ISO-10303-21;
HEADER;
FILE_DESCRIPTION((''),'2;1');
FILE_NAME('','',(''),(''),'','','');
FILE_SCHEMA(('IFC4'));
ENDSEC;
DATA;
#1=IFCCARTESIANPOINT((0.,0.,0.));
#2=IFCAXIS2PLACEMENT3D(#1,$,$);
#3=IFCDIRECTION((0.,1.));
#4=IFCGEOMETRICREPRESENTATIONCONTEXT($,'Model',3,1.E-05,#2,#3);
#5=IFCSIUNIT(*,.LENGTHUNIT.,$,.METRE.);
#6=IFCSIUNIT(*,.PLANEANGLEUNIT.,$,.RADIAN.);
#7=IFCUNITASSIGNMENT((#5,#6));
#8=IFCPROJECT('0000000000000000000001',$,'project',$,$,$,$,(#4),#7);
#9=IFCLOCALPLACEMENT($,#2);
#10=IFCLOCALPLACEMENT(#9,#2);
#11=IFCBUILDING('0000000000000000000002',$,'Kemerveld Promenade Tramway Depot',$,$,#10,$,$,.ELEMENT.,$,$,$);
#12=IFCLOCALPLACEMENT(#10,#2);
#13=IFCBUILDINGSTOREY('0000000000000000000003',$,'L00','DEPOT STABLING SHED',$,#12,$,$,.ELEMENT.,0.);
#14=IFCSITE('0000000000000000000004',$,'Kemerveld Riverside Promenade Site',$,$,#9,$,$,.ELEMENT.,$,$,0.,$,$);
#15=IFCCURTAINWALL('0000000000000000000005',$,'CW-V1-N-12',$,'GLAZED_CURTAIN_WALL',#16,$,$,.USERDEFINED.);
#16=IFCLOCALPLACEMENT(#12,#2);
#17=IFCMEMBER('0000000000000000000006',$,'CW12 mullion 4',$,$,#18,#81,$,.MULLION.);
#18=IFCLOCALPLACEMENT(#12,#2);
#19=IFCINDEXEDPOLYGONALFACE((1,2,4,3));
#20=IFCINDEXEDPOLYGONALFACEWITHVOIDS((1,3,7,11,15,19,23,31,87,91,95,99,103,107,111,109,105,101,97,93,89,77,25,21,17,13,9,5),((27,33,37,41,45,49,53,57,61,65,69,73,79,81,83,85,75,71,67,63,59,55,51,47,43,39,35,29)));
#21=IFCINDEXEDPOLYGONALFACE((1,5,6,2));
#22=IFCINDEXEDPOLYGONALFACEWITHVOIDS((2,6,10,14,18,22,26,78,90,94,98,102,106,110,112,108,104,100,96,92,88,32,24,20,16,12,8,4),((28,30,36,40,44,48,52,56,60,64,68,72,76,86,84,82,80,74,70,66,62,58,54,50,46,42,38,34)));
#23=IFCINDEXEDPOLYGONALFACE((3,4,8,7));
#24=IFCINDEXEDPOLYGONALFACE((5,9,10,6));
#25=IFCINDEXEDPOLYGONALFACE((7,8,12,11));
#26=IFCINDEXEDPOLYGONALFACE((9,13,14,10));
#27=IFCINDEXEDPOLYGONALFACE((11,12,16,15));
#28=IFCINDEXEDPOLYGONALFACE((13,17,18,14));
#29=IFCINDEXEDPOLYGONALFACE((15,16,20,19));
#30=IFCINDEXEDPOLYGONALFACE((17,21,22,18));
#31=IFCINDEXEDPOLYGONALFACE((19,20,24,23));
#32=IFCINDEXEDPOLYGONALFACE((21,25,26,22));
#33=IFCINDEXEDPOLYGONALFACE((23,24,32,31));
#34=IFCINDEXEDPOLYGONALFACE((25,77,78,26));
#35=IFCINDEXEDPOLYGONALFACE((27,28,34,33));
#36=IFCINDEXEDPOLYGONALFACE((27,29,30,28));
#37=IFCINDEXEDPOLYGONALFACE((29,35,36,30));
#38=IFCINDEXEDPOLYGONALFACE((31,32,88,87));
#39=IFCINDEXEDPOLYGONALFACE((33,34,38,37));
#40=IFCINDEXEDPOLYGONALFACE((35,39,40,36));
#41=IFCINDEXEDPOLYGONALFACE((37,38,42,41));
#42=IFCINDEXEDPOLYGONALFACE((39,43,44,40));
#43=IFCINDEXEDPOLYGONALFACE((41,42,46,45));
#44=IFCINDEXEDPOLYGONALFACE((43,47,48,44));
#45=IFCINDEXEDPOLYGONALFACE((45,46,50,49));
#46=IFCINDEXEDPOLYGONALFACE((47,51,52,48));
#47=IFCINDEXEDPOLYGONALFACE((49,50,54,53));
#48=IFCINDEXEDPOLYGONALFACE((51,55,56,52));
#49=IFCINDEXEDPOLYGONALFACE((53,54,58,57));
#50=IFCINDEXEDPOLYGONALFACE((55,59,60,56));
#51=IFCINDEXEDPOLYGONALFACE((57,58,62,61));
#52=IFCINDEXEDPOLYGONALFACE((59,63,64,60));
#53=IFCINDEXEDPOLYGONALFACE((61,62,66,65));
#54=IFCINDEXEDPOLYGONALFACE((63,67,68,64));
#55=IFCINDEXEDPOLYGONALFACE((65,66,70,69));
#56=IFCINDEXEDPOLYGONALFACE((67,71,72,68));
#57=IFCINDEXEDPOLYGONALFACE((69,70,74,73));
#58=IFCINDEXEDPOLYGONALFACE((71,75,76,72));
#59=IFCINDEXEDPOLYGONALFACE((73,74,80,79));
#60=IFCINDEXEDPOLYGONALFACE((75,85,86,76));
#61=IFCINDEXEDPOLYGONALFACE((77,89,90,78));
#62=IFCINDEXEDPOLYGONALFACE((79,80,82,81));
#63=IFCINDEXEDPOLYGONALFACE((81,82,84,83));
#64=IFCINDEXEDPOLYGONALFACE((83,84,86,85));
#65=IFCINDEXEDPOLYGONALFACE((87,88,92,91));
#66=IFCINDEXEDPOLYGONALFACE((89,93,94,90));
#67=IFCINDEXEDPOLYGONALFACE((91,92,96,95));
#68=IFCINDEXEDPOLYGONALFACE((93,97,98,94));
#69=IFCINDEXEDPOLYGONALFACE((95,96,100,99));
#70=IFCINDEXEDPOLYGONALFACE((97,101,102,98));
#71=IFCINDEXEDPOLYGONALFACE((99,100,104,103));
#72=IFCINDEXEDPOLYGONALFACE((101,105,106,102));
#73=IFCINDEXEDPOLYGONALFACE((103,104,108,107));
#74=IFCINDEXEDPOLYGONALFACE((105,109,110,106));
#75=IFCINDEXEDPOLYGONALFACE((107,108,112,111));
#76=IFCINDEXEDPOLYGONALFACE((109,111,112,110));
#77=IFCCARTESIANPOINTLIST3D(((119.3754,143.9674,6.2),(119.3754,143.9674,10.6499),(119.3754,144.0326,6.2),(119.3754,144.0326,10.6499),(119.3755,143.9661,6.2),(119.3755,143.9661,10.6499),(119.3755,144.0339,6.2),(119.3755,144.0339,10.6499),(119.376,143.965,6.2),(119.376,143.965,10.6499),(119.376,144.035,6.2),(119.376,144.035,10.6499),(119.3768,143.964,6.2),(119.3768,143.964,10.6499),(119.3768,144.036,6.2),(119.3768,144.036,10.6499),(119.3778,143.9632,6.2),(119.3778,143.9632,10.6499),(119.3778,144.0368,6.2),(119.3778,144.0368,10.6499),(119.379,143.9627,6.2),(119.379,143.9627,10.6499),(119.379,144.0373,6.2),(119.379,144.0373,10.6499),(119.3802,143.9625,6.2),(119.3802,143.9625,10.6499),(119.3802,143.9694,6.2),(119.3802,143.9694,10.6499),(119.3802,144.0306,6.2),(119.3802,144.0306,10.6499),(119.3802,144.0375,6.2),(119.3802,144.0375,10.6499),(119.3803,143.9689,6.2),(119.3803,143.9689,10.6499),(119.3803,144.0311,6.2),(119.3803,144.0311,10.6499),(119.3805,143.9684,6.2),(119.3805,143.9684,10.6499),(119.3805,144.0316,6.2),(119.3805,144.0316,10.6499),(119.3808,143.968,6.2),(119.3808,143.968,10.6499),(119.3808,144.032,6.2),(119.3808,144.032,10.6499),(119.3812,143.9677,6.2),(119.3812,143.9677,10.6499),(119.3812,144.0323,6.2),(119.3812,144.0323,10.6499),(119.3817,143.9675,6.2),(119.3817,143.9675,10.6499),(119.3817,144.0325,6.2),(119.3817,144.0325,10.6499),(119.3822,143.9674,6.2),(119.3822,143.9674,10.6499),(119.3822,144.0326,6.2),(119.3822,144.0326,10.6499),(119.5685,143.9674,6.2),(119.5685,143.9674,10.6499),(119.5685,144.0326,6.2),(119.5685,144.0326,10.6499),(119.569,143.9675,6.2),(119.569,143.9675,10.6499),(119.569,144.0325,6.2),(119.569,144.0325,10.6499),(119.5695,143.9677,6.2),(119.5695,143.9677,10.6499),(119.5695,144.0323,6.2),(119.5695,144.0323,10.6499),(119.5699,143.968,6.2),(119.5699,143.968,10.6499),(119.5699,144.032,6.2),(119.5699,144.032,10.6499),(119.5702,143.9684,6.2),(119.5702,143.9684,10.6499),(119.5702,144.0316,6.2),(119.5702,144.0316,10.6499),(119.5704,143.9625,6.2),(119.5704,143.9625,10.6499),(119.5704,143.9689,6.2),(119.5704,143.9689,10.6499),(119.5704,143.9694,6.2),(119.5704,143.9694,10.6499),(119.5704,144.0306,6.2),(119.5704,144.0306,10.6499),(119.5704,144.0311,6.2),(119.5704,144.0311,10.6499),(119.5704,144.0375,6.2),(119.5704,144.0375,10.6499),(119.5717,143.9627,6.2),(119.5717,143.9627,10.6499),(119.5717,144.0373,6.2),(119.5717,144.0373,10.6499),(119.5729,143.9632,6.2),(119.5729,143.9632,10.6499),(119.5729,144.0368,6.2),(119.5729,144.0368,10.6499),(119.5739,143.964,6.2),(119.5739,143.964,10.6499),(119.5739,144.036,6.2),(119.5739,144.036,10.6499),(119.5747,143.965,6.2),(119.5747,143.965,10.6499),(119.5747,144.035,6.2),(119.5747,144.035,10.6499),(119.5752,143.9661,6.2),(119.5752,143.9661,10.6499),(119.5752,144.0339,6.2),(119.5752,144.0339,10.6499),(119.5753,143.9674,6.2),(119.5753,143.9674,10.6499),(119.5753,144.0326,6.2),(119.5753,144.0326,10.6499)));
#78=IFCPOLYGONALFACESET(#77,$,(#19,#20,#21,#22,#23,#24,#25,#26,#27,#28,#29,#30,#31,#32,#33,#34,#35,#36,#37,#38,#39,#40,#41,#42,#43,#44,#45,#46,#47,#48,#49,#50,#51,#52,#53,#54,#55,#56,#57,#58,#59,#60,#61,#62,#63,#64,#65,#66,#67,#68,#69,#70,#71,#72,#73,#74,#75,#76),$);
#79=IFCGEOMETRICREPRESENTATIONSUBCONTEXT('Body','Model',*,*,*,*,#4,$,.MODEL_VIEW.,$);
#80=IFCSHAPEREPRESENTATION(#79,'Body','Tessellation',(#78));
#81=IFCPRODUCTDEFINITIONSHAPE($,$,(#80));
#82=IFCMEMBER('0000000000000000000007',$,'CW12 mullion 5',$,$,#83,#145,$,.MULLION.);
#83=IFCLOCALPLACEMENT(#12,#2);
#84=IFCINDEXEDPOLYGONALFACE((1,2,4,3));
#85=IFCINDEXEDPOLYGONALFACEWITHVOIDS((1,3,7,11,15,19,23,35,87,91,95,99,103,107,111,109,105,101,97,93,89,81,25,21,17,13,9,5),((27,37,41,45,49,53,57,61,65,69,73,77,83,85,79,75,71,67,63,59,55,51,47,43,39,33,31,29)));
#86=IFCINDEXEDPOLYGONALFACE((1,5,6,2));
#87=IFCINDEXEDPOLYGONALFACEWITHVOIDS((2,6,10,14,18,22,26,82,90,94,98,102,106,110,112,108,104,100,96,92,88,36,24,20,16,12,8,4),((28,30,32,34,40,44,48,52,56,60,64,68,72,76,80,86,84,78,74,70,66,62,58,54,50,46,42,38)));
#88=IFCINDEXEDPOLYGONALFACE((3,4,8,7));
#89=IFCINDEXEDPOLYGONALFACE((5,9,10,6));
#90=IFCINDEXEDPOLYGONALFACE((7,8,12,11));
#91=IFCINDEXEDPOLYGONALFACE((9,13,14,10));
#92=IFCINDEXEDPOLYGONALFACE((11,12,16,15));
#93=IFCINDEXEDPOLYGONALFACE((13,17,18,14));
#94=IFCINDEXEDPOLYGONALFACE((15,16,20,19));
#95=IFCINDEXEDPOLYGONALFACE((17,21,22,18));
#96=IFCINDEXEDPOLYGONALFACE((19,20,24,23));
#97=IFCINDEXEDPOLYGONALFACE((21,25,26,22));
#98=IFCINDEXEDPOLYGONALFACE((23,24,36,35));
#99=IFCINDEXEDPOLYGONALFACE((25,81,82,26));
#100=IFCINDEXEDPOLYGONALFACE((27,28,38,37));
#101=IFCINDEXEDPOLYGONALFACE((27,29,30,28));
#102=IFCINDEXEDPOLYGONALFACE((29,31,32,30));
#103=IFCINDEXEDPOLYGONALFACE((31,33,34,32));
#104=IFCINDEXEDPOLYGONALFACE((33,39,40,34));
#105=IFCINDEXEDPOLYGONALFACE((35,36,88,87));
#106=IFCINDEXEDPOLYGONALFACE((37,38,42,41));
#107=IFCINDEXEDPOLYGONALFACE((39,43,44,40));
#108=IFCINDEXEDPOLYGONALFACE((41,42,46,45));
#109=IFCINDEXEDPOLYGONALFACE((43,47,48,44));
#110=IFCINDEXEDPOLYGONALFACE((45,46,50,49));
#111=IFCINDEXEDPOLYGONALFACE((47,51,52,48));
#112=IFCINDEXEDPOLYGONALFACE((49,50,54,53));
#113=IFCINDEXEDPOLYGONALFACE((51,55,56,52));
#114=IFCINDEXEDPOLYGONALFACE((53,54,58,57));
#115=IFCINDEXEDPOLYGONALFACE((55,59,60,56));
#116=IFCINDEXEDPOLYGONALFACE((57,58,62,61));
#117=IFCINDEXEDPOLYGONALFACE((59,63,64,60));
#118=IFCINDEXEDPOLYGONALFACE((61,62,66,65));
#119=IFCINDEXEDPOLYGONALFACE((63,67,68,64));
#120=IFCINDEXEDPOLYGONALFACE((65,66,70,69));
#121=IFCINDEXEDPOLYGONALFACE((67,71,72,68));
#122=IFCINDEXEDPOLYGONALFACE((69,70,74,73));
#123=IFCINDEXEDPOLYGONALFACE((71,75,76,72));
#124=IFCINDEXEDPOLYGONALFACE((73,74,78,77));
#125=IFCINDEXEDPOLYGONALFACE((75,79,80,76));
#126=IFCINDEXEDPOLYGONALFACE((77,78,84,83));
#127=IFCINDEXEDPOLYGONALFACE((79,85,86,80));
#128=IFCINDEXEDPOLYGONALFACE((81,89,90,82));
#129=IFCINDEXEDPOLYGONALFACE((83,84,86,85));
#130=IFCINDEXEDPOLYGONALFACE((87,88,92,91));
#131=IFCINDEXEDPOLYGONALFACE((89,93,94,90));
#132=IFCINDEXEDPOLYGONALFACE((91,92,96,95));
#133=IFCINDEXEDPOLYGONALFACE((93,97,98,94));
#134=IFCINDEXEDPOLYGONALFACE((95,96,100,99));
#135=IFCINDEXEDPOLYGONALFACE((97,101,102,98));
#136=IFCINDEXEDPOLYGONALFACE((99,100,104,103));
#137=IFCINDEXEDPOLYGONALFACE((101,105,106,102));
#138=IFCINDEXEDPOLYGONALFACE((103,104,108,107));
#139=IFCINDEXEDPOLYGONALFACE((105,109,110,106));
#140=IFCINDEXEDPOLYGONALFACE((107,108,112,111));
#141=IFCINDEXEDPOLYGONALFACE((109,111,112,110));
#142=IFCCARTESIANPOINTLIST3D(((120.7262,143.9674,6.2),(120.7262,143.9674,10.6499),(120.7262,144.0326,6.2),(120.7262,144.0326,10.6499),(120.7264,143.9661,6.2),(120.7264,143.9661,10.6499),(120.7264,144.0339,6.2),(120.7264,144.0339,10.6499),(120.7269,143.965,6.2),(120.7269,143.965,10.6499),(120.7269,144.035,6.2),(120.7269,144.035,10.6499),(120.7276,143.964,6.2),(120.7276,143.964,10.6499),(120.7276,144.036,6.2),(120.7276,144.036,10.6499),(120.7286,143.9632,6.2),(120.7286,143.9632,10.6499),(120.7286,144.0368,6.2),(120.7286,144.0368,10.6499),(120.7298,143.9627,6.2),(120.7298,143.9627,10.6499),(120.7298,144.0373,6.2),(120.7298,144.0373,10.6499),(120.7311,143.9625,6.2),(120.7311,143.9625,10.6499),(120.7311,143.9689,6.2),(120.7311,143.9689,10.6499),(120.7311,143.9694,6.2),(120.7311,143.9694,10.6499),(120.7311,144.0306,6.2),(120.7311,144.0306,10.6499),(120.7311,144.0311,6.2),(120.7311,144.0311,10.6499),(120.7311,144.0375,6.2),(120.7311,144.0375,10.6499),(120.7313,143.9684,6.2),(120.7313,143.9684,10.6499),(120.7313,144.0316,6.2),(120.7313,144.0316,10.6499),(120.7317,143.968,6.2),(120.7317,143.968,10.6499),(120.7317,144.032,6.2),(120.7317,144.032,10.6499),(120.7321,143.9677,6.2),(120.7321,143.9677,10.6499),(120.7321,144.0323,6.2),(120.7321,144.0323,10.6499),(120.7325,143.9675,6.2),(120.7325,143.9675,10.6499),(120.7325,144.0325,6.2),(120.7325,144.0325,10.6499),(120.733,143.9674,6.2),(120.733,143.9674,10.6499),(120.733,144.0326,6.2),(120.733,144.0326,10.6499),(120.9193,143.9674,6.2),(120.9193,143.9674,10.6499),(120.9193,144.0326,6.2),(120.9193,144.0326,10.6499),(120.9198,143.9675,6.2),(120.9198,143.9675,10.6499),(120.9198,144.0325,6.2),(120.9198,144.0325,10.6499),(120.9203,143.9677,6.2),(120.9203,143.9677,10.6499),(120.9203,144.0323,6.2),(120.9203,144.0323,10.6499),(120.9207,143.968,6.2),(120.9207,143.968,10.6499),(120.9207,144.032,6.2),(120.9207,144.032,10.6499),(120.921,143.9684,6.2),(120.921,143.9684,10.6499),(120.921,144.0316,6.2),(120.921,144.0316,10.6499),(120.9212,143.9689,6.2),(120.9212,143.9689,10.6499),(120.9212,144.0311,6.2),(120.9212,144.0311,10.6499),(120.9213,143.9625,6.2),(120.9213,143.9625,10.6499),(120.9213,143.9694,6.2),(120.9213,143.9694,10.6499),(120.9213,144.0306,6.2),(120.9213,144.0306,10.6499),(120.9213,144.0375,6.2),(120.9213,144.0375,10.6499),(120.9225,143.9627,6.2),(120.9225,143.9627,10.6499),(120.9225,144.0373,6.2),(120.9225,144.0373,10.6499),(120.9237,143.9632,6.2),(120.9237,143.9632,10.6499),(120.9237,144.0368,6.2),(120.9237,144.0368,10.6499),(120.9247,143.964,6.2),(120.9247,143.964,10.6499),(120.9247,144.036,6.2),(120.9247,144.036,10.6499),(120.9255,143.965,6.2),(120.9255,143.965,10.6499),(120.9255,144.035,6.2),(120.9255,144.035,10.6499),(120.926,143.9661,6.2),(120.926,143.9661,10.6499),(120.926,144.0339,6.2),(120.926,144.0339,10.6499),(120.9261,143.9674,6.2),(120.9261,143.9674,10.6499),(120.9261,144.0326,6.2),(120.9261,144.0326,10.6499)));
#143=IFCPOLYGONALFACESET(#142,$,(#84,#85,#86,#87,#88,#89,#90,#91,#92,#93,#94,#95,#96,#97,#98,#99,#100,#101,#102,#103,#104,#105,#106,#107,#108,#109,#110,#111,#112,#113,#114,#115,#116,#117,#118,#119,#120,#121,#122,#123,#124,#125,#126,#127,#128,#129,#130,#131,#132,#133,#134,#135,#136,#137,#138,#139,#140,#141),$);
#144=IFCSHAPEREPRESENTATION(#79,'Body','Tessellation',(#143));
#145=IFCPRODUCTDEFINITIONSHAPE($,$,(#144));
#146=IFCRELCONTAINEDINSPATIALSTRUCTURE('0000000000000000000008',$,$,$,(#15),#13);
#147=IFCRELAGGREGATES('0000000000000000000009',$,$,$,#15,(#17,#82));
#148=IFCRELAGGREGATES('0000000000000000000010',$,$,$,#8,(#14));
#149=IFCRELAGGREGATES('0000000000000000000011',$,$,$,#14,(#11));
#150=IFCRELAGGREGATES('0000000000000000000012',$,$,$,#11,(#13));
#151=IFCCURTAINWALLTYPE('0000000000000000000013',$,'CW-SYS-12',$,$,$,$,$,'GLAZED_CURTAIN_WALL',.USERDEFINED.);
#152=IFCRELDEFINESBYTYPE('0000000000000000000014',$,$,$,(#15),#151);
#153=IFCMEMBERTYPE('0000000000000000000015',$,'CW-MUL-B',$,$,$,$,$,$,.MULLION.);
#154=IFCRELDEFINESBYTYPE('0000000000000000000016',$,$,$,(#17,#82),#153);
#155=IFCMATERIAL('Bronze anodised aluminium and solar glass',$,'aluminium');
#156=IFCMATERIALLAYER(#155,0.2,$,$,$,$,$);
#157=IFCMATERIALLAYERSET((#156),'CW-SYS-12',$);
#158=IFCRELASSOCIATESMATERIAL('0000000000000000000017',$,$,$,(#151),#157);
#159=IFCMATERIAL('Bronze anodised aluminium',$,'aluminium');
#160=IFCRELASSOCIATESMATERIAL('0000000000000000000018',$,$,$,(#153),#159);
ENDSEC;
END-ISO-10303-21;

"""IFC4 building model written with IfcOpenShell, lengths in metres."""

from ifc_helpers import new_model, si_unit, direction, frame, origin, origin_2d, place, context, subcontext, project, spatial, hollow_rectangle, extrude, material, layer, layer_set, material_profile, profile_set, type_object, element, aggregate, save


model = new_model("IFC4")

# Units and contexts
model_context = context("Model", 3, precision=1e-05, world=origin(), true_north=direction((0.0, 1.0)))
body_context = subcontext(model_context, "Body", "Model", "MODEL_VIEW")
ifc_project = project(units=[si_unit("LENGTHUNIT", "METRE"), si_unit("PLANEANGLEUNIT", "RADIAN")], contexts=[model_context])

# Site, building, storey
site_placement = place(None, origin())
site = spatial("IfcSite", under=ifc_project, at=site_placement, Name="Kemerveld Riverside Promenade Site", CompositionType="ELEMENT", RefElevation=0.0)
building_placement = place(site_placement, origin())
building = spatial("IfcBuilding", under=site, at=building_placement, Name="Kemerveld Promenade Tramway Depot", CompositionType="ELEMENT")
storey_placement = place(building_placement, origin())
storey = spatial("IfcBuildingStorey", under=building, at=storey_placement, Name="L00", Description="DEPOT STABLING SHED", CompositionType="ELEMENT", Elevation=0.0)

# Shared definitions
ifc_material_1 = material(Name="Bronze anodised aluminium and solar glass", Category="aluminium")
ifc_material_2 = material(Name="Bronze anodised aluminium", Category="aluminium")

# Curtain wall, members
ifc_layer_1 = layer(ifc_material_1, 0.2)
ifc_layer_set_1 = layer_set([ifc_layer_1], Name="CW-SYS-12")
curtain_wall_type_1 = type_object("IfcCurtainWallType", Name="CW-SYS-12", ElementType="GLAZED_CURTAIN_WALL", PredefinedType="USERDEFINED", material=ifc_layer_set_1)
curtain_wall_1_placement = place(storey_placement, origin())
curtain_wall_1 = element("IfcCurtainWall", 1, at=curtain_wall_1_placement, inside=storey, type_object=curtain_wall_type_1, Name="CW-V1-N-12", ObjectType="GLAZED_CURTAIN_WALL", PredefinedType="USERDEFINED")
ifc_material_profile_1 = material_profile(ifc_material_2, hollow_rectangle(XDim=0.075, YDim=0.2, WallThickness=0.0049, InnerFilletRadius=0.002, OuterFilletRadius=0.0049, at=origin_2d()), Name="CW-MUL-200x75")
ifc_profile_set_1 = profile_set([ifc_material_profile_1], Name="Bronze anodised aluminium")
member_type_1 = type_object("IfcMemberType", Name="CW-MUL-B", PredefinedType="MULLION", material=ifc_profile_set_1)
member_1_placement = place(storey_placement, frame((119.4753, 144.0, 6.2), z_axis=(0.0, 0.0, 1.0), x_axis=(0.0, 1.0, 0.0)))
member_1 = element("IfcMember", 2, at=member_1_placement, type_object=member_type_1, Name="CW12 mullion 4", PredefinedType="MULLION", context=body_context, shape_type="SweptSolid", body=[
    extrude(hollow_rectangle(XDim=0.075, YDim=0.2, WallThickness=0.0049, InnerFilletRadius=0.002, OuterFilletRadius=0.0049, at=origin_2d()), origin(), (0.0, 0.0, 1.0), 4.45),
])
member_2_placement = place(storey_placement, frame((120.8262, 144.0, 6.2), z_axis=(0.0, 0.0, 1.0), x_axis=(0.0, 1.0, 0.0)))
member_2 = element("IfcMember", 3, at=member_2_placement, type_object=member_type_1, Name="CW12 mullion 5", PredefinedType="MULLION", context=body_context, shape_type="SweptSolid", body=[
    extrude(hollow_rectangle(XDim=0.075, YDim=0.2, WallThickness=0.0049, InnerFilletRadius=0.002, OuterFilletRadius=0.0049, at=origin_2d()), origin(), (0.0, 0.0, 1.0), 4.45),
])

aggregate(curtain_wall_1, [member_1, member_2])

save(model, "model.ifc")
